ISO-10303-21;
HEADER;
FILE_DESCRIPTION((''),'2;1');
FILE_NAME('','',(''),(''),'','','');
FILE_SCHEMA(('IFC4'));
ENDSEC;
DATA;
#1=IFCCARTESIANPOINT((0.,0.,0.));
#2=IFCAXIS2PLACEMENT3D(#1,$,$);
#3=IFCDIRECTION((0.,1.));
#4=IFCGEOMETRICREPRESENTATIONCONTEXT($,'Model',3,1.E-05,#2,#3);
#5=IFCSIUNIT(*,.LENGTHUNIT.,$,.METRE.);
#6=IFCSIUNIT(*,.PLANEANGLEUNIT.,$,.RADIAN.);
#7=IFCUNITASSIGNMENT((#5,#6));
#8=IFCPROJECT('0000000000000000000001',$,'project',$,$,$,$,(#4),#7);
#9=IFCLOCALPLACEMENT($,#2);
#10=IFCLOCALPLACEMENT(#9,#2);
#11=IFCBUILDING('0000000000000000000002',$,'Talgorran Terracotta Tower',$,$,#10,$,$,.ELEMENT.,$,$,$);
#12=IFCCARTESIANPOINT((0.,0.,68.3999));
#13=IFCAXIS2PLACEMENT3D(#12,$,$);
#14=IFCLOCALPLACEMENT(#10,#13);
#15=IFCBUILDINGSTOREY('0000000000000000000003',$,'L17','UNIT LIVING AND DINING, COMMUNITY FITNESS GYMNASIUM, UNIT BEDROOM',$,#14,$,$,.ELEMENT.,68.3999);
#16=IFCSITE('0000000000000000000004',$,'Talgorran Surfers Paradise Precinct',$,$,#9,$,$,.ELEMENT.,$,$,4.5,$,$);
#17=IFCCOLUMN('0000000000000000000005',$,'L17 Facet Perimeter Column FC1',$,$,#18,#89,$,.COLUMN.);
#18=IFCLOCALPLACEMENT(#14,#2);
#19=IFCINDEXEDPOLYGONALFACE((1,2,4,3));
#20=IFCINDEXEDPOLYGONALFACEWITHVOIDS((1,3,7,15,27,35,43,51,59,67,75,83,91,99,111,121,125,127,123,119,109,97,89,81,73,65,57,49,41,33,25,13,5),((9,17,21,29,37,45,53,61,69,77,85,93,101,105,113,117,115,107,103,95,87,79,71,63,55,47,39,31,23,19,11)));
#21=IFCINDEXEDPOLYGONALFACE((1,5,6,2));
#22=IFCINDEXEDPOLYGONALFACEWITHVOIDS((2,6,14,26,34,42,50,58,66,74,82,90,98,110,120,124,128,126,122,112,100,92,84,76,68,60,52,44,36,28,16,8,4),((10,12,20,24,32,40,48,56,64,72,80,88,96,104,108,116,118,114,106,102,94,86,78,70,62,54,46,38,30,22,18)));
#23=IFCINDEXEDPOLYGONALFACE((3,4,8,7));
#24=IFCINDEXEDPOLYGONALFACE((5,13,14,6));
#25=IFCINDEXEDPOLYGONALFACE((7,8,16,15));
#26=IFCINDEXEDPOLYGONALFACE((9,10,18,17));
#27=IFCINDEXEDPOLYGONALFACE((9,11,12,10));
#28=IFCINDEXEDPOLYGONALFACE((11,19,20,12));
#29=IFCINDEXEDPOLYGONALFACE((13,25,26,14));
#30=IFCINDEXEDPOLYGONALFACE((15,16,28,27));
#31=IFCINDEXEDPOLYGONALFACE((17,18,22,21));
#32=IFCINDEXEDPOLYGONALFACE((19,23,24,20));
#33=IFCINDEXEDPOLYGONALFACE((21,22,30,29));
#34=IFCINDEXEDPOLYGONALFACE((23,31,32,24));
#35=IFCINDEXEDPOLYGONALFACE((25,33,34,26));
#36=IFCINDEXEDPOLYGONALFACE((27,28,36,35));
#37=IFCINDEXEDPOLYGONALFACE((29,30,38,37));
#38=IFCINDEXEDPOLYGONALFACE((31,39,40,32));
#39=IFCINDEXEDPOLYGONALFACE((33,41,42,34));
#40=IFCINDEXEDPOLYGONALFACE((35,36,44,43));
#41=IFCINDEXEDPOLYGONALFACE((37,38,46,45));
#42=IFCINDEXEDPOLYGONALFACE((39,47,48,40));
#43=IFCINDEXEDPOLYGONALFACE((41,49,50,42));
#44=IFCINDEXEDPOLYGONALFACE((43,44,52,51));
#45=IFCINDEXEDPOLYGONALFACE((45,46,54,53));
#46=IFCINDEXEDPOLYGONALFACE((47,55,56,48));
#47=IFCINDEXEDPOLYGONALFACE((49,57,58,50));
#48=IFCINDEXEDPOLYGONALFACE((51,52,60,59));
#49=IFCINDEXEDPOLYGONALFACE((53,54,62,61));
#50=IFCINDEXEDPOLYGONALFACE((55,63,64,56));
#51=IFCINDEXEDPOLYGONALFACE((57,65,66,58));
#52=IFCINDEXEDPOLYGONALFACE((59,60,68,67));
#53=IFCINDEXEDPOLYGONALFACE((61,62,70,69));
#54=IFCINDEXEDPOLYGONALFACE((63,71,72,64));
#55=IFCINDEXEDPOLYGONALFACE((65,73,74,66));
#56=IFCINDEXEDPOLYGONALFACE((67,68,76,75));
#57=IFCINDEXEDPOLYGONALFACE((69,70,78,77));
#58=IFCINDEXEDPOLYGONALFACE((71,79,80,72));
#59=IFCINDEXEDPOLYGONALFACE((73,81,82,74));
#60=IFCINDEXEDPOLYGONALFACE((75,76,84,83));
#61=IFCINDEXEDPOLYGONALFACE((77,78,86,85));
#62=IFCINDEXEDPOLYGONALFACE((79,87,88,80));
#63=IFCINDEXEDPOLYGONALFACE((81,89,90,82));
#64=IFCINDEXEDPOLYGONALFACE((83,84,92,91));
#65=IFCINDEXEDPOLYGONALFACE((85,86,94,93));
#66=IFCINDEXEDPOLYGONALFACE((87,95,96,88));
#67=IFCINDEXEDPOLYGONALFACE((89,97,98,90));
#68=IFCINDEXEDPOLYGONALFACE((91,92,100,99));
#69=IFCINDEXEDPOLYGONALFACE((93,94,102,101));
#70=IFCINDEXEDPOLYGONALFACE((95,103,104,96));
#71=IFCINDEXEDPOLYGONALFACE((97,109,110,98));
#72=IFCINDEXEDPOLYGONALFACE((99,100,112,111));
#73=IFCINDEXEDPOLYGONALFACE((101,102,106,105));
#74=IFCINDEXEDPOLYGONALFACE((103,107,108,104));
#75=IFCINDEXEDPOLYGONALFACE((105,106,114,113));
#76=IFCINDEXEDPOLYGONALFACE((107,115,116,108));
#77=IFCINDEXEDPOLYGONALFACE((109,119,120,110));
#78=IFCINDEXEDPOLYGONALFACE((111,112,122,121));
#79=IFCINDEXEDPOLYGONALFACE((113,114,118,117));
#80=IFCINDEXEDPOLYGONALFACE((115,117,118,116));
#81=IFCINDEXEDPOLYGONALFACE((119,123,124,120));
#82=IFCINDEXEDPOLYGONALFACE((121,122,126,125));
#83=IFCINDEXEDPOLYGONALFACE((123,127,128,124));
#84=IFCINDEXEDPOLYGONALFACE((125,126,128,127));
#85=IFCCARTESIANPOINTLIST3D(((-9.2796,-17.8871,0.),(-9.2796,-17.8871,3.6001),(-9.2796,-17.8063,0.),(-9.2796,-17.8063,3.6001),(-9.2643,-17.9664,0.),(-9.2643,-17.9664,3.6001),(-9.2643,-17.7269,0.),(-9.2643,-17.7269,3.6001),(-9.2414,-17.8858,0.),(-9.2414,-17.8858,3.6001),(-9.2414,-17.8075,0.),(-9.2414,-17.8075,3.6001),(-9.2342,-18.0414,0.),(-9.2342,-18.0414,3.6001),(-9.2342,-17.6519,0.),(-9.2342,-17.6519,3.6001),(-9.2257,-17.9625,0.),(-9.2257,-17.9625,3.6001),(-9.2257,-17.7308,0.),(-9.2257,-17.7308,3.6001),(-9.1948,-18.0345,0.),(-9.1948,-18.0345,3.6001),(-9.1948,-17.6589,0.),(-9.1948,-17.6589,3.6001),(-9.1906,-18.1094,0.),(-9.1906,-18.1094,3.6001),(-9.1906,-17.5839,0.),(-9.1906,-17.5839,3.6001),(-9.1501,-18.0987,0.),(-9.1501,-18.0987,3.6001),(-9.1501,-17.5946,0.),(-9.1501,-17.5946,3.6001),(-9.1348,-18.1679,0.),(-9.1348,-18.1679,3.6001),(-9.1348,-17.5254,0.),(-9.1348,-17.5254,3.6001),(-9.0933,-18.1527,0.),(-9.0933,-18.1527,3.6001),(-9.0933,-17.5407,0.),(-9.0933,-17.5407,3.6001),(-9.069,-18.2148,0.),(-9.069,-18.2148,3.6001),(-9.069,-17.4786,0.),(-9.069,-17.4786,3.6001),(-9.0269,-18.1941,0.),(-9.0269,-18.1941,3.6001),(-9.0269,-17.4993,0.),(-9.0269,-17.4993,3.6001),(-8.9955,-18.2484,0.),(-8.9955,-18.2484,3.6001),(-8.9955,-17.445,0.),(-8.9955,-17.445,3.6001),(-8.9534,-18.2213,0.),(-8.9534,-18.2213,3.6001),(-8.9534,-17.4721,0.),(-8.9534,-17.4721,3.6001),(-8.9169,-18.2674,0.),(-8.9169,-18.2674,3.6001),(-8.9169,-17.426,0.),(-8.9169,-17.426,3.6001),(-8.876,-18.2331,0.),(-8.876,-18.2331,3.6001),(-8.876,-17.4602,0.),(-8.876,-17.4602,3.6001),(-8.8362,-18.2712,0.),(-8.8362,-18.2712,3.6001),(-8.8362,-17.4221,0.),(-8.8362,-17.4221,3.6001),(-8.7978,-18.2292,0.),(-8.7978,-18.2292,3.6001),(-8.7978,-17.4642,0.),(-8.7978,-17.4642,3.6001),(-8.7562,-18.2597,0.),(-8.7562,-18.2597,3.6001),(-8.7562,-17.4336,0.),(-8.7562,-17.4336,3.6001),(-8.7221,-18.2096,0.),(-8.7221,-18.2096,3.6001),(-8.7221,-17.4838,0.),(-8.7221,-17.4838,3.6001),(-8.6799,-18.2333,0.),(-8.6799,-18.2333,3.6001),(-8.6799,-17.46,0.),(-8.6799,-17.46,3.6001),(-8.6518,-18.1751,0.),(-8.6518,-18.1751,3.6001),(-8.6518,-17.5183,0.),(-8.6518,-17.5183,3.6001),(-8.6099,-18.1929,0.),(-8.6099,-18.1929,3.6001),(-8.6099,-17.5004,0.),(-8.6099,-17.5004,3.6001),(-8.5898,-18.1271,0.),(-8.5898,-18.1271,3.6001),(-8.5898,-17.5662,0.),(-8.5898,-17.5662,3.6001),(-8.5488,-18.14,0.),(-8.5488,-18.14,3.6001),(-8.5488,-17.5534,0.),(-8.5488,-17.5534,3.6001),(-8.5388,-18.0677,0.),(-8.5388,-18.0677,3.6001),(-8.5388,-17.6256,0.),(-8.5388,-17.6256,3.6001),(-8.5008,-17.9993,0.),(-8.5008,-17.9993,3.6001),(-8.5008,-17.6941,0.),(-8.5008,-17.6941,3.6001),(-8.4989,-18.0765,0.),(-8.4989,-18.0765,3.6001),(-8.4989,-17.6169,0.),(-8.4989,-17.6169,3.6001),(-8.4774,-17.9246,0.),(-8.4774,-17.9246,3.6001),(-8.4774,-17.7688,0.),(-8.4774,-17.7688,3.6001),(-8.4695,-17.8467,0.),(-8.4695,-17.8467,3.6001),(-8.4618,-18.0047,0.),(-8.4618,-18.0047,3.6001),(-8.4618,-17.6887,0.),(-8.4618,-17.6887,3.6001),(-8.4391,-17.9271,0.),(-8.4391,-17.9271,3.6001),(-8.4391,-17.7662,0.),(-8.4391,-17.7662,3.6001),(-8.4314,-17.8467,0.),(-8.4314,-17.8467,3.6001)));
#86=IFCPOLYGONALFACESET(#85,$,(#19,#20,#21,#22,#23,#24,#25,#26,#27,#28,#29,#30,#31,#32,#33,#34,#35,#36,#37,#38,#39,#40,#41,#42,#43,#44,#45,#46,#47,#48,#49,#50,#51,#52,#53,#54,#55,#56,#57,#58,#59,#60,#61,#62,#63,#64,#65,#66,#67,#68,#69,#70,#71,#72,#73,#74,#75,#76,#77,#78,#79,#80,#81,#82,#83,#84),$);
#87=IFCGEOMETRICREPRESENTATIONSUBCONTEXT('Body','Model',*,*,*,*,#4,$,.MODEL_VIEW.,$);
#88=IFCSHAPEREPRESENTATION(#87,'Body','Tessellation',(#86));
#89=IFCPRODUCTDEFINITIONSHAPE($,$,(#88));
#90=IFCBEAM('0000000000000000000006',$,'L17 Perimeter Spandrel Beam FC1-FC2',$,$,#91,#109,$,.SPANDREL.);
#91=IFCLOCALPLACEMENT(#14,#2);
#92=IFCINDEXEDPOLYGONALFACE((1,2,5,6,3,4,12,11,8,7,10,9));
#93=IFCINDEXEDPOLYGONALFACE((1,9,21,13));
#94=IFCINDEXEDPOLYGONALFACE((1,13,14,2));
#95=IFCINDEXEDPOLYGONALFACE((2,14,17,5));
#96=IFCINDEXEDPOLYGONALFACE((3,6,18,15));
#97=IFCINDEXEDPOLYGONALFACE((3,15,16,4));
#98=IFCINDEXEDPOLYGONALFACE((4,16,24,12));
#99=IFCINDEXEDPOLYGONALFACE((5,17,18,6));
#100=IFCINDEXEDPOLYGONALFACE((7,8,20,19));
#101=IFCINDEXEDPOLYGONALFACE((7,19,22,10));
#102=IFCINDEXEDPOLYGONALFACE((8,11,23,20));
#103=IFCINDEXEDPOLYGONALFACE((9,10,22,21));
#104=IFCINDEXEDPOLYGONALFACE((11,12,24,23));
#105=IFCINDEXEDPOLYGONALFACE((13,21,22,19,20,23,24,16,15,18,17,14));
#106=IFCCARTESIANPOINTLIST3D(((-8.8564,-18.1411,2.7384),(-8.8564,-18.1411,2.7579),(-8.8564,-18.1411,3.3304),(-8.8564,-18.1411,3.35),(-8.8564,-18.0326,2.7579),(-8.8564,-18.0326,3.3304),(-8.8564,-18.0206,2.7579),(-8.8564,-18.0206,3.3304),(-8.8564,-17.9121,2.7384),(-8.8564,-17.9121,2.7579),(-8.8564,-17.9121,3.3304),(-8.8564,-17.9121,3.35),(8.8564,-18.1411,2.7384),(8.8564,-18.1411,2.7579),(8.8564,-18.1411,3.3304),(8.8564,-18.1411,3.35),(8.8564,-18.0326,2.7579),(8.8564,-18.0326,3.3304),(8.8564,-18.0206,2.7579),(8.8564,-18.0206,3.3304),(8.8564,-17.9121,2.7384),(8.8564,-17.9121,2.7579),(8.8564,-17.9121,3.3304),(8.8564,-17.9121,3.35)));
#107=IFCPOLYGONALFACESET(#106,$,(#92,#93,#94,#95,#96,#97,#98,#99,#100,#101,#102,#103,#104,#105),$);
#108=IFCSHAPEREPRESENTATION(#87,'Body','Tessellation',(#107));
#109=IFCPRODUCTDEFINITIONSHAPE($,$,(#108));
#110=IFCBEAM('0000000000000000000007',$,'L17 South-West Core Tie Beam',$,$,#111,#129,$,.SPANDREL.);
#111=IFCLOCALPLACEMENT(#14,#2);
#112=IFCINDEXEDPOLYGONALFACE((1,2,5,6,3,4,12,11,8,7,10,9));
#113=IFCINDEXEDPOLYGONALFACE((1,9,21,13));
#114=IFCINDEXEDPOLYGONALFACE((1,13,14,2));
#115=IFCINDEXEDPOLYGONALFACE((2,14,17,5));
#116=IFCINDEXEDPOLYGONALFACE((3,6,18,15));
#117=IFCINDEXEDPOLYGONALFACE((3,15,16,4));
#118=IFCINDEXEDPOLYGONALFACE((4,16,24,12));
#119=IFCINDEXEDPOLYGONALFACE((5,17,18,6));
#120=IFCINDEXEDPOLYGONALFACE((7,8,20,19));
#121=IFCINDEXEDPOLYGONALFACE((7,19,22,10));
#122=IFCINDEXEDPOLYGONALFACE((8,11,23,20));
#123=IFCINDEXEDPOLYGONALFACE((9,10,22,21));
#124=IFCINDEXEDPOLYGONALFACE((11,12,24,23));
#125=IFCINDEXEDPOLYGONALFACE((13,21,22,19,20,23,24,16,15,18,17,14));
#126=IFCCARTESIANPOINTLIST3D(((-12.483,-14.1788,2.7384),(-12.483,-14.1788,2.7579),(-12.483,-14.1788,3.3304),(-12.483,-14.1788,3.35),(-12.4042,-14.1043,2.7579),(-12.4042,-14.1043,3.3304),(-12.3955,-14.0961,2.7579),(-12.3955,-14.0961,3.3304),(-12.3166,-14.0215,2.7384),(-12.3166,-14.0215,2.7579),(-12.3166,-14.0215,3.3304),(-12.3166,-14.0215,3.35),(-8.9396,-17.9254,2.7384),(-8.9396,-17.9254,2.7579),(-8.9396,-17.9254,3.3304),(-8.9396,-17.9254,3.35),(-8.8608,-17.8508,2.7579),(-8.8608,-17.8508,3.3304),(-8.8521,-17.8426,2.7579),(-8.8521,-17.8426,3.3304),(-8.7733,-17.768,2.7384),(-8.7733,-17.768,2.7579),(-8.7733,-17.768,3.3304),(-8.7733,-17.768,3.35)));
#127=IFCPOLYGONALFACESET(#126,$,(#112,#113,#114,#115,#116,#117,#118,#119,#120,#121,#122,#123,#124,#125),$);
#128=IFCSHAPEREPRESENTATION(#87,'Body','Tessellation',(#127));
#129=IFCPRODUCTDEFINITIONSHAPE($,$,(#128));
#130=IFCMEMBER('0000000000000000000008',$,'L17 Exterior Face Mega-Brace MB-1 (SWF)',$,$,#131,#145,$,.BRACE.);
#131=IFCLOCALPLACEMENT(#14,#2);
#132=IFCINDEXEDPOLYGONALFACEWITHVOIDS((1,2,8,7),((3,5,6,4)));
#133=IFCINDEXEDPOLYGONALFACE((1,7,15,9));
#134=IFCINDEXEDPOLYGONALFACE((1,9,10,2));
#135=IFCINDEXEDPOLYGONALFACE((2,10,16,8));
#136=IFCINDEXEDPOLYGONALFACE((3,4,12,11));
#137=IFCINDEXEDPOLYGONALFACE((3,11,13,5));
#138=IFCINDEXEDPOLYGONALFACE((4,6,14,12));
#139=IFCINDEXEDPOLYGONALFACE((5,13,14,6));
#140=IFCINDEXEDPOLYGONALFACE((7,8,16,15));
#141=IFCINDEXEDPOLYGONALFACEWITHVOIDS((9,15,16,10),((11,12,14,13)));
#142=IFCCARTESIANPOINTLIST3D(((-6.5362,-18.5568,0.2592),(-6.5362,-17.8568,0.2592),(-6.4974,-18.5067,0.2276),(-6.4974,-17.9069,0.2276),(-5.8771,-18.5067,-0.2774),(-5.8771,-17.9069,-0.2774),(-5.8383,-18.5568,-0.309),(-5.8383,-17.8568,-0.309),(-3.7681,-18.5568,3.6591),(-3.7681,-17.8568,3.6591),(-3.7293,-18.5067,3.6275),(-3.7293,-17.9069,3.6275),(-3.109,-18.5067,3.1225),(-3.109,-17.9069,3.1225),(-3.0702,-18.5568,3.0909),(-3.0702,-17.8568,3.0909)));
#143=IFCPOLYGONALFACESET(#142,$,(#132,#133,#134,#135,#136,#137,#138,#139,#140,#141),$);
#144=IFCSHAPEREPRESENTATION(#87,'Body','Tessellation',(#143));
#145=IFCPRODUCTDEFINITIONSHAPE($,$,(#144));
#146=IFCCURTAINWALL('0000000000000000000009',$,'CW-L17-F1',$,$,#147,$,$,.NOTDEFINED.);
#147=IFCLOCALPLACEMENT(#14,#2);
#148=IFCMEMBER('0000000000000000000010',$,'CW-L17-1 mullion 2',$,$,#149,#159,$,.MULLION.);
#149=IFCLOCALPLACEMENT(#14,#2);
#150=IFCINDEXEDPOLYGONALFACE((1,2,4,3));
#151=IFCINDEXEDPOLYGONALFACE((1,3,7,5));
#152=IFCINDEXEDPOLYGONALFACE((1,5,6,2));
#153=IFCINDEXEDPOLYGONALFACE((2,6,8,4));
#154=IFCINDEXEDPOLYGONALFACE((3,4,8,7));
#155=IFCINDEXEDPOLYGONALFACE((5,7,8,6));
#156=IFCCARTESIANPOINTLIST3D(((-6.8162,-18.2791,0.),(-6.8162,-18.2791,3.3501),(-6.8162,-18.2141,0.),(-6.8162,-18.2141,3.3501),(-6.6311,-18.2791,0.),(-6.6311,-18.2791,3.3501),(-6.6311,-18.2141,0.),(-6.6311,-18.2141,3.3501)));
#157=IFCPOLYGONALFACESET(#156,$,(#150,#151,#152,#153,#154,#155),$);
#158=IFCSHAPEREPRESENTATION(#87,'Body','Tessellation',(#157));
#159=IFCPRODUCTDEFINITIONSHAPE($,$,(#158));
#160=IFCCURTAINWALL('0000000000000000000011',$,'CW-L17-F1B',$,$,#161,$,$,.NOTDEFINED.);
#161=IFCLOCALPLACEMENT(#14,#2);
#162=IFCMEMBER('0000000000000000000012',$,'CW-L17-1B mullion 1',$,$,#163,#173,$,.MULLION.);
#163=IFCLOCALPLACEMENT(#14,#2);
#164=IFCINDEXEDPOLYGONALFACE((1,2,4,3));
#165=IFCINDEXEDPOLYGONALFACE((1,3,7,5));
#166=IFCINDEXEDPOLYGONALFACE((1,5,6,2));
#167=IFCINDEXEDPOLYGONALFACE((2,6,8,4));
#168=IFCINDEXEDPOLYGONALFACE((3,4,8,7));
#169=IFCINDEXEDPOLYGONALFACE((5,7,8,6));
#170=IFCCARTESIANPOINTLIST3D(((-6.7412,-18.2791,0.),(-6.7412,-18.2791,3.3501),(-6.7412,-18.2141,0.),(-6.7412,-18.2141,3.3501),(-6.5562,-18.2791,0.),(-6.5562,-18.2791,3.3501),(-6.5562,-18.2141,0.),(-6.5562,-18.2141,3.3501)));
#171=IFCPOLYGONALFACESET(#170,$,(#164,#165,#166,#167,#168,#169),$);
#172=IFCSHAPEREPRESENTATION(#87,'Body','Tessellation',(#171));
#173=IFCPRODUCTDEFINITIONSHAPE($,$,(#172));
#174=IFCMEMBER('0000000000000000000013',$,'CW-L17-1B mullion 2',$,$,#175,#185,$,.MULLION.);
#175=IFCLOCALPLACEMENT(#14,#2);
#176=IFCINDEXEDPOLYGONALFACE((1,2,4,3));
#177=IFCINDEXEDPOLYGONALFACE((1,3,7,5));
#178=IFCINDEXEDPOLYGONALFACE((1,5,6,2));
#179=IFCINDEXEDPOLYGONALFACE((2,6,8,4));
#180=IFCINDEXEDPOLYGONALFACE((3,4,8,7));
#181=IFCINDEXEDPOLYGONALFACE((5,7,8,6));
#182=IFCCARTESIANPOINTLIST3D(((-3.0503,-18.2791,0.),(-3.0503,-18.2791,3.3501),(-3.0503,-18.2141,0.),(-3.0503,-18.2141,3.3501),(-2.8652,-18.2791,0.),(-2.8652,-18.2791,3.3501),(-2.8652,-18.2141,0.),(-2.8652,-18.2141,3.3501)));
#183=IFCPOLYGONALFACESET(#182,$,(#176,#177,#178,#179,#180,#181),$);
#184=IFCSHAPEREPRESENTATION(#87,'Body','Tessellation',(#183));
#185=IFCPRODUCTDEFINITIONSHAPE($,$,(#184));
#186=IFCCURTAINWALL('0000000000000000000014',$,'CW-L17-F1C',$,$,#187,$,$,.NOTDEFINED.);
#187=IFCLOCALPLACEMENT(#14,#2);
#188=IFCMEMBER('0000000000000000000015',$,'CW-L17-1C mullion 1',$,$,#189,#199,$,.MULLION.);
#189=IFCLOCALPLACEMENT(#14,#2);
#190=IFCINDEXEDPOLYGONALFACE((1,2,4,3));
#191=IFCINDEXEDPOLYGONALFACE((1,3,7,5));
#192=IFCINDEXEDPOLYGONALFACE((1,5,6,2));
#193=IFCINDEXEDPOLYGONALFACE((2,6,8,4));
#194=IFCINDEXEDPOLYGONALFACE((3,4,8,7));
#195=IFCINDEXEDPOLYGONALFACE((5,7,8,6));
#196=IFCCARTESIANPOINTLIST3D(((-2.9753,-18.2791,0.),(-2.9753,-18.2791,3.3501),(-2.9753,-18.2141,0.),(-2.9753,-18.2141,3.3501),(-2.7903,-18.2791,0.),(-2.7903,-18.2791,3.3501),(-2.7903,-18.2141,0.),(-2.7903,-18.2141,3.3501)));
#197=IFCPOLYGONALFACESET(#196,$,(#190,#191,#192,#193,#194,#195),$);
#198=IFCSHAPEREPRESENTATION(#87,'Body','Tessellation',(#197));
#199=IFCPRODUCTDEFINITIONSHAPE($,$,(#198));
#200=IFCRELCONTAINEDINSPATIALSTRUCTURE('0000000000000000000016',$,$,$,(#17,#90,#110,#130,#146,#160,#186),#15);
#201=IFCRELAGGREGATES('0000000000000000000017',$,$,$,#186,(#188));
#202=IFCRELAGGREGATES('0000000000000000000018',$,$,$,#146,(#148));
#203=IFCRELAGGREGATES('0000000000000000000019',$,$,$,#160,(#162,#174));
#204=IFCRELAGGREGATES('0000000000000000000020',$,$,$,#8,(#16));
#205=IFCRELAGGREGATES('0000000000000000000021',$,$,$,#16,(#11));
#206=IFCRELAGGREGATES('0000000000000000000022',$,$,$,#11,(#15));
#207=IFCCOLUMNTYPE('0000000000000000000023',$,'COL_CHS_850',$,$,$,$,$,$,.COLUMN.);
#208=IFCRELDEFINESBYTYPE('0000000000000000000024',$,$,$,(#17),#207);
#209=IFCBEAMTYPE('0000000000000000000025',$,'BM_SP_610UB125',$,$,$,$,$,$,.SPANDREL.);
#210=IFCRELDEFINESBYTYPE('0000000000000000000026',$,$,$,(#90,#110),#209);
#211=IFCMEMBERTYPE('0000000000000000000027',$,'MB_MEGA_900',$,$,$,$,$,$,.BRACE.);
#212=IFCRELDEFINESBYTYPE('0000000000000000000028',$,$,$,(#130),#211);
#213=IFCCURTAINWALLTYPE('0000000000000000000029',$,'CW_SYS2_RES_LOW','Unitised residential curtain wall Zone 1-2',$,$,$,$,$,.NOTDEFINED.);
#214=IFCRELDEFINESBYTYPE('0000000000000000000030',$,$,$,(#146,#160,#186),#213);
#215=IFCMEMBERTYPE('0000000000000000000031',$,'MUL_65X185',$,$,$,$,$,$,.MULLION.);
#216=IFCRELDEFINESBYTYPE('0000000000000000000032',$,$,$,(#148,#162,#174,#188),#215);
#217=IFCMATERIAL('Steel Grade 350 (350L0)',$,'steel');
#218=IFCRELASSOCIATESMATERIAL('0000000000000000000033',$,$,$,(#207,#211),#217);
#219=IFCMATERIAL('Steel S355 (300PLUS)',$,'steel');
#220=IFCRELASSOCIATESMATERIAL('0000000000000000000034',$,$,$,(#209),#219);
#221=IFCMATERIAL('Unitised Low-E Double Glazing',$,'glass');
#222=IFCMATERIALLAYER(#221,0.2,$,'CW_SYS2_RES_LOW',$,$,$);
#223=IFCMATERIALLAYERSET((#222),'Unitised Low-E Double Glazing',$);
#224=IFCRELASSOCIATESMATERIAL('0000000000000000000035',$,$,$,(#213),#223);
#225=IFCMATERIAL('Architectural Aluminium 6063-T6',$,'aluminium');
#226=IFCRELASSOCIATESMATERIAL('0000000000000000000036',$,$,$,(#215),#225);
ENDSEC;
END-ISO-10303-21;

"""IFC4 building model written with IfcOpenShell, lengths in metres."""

from ifc_helpers import new_model, si_unit, direction, frame, origin, origin_2d, place, context, subcontext, project, spatial, rectangle, hollow_rectangle, hollow_circle, i_section, extrude, material, layer, layer_set, material_profile, profile_set, type_object, element, aggregate, save


model = new_model("IFC4")

# Units and contexts
model_context = context("Model", 3, precision=1e-05, world=origin(), true_north=direction((0.0, 1.0)))
body_context = subcontext(model_context, "Body", "Model", "MODEL_VIEW")
ifc_project = project(units=[si_unit("LENGTHUNIT", "METRE"), si_unit("PLANEANGLEUNIT", "RADIAN")], contexts=[model_context])

# Site, building, storey
site_placement = place(None, origin())
site = spatial("IfcSite", under=ifc_project, at=site_placement, Name="Talgorran Surfers Paradise Precinct", CompositionType="ELEMENT", RefElevation=4.5)
building_placement = place(site_placement, origin())
building = spatial("IfcBuilding", under=site, at=building_placement, Name="Talgorran Terracotta Tower", CompositionType="ELEMENT")
storey_placement = place(building_placement, frame((0.0, 0.0, 68.3999)))
storey = spatial("IfcBuildingStorey", under=building, at=storey_placement, Name="L17", Description="UNIT LIVING AND DINING, COMMUNITY FITNESS GYMNASIUM, UNIT BEDROOM", CompositionType="ELEMENT", Elevation=68.3999)

# Column
ifc_material_1 = material(Name="Steel Grade 350 (350L0)", Category="steel")
ifc_material_profile_1 = material_profile(ifc_material_1, hollow_circle(Radius=0.425, WallThickness=0.0381, at=origin_2d()), Name="CHS850X38")
ifc_profile_set_1 = profile_set([ifc_material_profile_1], Name="Steel Grade 350 (350L0)")
column_type = type_object("IfcColumnType", Name="COL_CHS_850", PredefinedType="COLUMN", material=ifc_profile_set_1)
column_placement = place(storey_placement, frame((-8.8564, -17.8467, 0.0), z_axis=(0.0, 0.0, 1.0), x_axis=(1.0, 0.0, 0.0)))
element("IfcColumn", 1, at=column_placement, inside=storey, type_object=column_type, Name="L17 Facet Perimeter Column FC1", PredefinedType="COLUMN", context=body_context, shape_type="SweptSolid", body=[
    extrude(hollow_circle(Radius=0.425, WallThickness=0.0381, at=origin_2d()), origin(), (0.0, 0.0, 1.0), 3.6001),
])

# Beams
ifc_material_2 = material(Name="Steel S355 (300PLUS)", Category="steel")
ifc_material_profile_2 = material_profile(ifc_material_2, i_section(OverallWidth=0.229, OverallDepth=0.6116, WebThickness=0.012, FlangeThickness=0.0195, at=origin_2d()), Name="610UB125")
ifc_profile_set_2 = profile_set([ifc_material_profile_2], Name="Steel S355 (300PLUS)")
beam_type = type_object("IfcBeamType", Name="BM_SP_610UB125", PredefinedType="SPANDREL", material=ifc_profile_set_2)
beam_1_placement = place(storey_placement, frame((-8.8564, -18.0266, 3.0442), z_axis=(1.0, 0.0, 0.0), x_axis=(0.0, 1.0, 0.0)))
element("IfcBeam", 2, at=beam_1_placement, inside=storey, type_object=beam_type, Name="L17 Perimeter Spandrel Beam FC1-FC2", PredefinedType="SPANDREL", context=body_context, shape_type="SweptSolid", body=[
    extrude(i_section(OverallWidth=0.229, OverallDepth=0.6116, WebThickness=0.012, FlangeThickness=0.0195, at=origin_2d()), origin(), (0.0, 0.0, 1.0), 17.7129),
])
beam_2_placement = place(storey_placement, frame((-8.8564, -17.8467, 3.0442), z_axis=(-0.687138, 0.726527, 0.0), x_axis=(-0.726527, -0.687138, 0.0)))
element("IfcBeam", 3, at=beam_2_placement, inside=storey, type_object=beam_type, Name="L17 South-West Core Tie Beam", PredefinedType="SPANDREL", context=body_context, shape_type="SweptSolid", body=[
    extrude(i_section(OverallWidth=0.229, OverallDepth=0.6116, WebThickness=0.012, FlangeThickness=0.0195, at=origin_2d()), origin(), (0.0, 0.0, 1.0), 5.1567),
])

# Member
ifc_material_profile_3 = material_profile(ifc_material_1, hollow_rectangle(XDim=0.7, YDim=0.8999, WallThickness=0.05, at=origin_2d()), Name="WBOX900X700X50")
ifc_profile_set_3 = profile_set([ifc_material_profile_3], Name="Steel Grade 350 (350L0)")
member_type_1 = type_object("IfcMemberType", Name="MB_MEGA_900", PredefinedType="BRACE", material=ifc_profile_set_3)
member_1_placement = place(storey_placement, frame((-6.1873, -18.2068, -0.0249), z_axis=(0.631368, 0.0, 0.775483), x_axis=(0.0, 1.0, 0.0)))
element("IfcMember", 4, at=member_1_placement, inside=storey, type_object=member_type_1, Name="L17 Exterior Face Mega-Brace MB-1 (SWF)", PredefinedType="BRACE", context=body_context, shape_type="SweptSolid", body=[
    extrude(hollow_rectangle(XDim=0.7, YDim=0.8999, WallThickness=0.05, at=origin_2d()), origin(), (0.0, 0.0, 1.0), 4.3843),
])

# Curtain wall, member
ifc_material_3 = material(Name="Unitised Low-E Double Glazing", Category="glass")
ifc_layer_1 = layer(ifc_material_3, 0.2, Name="CW_SYS2_RES_LOW")
ifc_layer_set_1 = layer_set([ifc_layer_1], Name="Unitised Low-E Double Glazing")
curtain_wall_type = type_object("IfcCurtainWallType", Name="CW_SYS2_RES_LOW", Description="Unitised residential curtain wall Zone 1-2", PredefinedType="NOTDEFINED", material=ifc_layer_set_1)
curtain_wall_1_placement = place(storey_placement, origin())
curtain_wall_1 = element("IfcCurtainWall", 5, at=curtain_wall_1_placement, inside=storey, type_object=curtain_wall_type, Name="CW-L17-F1", PredefinedType="NOTDEFINED")
ifc_material_4 = material(Name="Architectural Aluminium 6063-T6", Category="aluminium")
ifc_material_profile_4 = material_profile(ifc_material_4, rectangle(XDim=0.0649, YDim=0.1851, at=origin_2d()), Name="CWM65X185")
ifc_profile_set_4 = profile_set([ifc_material_profile_4], Name="Architectural Aluminium 6063-T6")
member_type_2 = type_object("IfcMemberType", Name="MUL_65X185", PredefinedType="MULLION", material=ifc_profile_set_4)
member_2_placement = place(storey_placement, frame((-6.7236, -18.2466, 0.0), z_axis=(0.0, 0.0, 1.0), x_axis=(0.0, 1.0, 0.0)))
member_2 = element("IfcMember", 6, at=member_2_placement, type_object=member_type_2, Name="CW-L17-1 mullion 2", PredefinedType="MULLION", context=body_context, shape_type="SweptSolid", body=[
    extrude(rectangle(XDim=0.0649, YDim=0.1851, at=origin_2d()), origin(), (0.0, 0.0, 1.0), 3.3501),
])

# Curtain wall, members
curtain_wall_2_placement = place(storey_placement, origin())
curtain_wall_2 = element("IfcCurtainWall", 7, at=curtain_wall_2_placement, inside=storey, type_object=curtain_wall_type, Name="CW-L17-F1B", PredefinedType="NOTDEFINED")
member_3_placement = place(storey_placement, frame((-6.6487, -18.2466, 0.0), z_axis=(0.0, 0.0, 1.0), x_axis=(0.0, 1.0, 0.0)))
member_3 = element("IfcMember", 8, at=member_3_placement, type_object=member_type_2, Name="CW-L17-1B mullion 1", PredefinedType="MULLION", context=body_context, shape_type="SweptSolid", body=[
    extrude(rectangle(XDim=0.0649, YDim=0.1851, at=origin_2d()), origin(), (0.0, 0.0, 1.0), 3.3501),
])
member_4_placement = place(storey_placement, frame((-2.9578, -18.2466, 0.0), z_axis=(0.0, 0.0, 1.0), x_axis=(0.0, 1.0, 0.0)))
member_4 = element("IfcMember", 9, at=member_4_placement, type_object=member_type_2, Name="CW-L17-1B mullion 2", PredefinedType="MULLION", context=body_context, shape_type="SweptSolid", body=[
    extrude(rectangle(XDim=0.0649, YDim=0.1851, at=origin_2d()), origin(), (0.0, 0.0, 1.0), 3.3501),
])

# Curtain wall, member
curtain_wall_3_placement = place(storey_placement, origin())
curtain_wall_3 = element("IfcCurtainWall", 10, at=curtain_wall_3_placement, inside=storey, type_object=curtain_wall_type, Name="CW-L17-F1C", PredefinedType="NOTDEFINED")
member_5_placement = place(storey_placement, frame((-2.8828, -18.2466, 0.0), z_axis=(0.0, 0.0, 1.0), x_axis=(0.0, 1.0, 0.0)))
member_5 = element("IfcMember", 11, at=member_5_placement, type_object=member_type_2, Name="CW-L17-1C mullion 1", PredefinedType="MULLION", context=body_context, shape_type="SweptSolid", body=[
    extrude(rectangle(XDim=0.0649, YDim=0.1851, at=origin_2d()), origin(), (0.0, 0.0, 1.0), 3.3501),
])

aggregate(curtain_wall_3, [member_5])

aggregate(curtain_wall_1, [member_2])
aggregate(curtain_wall_2, [member_3, member_4])

save(model, "model.ifc")
